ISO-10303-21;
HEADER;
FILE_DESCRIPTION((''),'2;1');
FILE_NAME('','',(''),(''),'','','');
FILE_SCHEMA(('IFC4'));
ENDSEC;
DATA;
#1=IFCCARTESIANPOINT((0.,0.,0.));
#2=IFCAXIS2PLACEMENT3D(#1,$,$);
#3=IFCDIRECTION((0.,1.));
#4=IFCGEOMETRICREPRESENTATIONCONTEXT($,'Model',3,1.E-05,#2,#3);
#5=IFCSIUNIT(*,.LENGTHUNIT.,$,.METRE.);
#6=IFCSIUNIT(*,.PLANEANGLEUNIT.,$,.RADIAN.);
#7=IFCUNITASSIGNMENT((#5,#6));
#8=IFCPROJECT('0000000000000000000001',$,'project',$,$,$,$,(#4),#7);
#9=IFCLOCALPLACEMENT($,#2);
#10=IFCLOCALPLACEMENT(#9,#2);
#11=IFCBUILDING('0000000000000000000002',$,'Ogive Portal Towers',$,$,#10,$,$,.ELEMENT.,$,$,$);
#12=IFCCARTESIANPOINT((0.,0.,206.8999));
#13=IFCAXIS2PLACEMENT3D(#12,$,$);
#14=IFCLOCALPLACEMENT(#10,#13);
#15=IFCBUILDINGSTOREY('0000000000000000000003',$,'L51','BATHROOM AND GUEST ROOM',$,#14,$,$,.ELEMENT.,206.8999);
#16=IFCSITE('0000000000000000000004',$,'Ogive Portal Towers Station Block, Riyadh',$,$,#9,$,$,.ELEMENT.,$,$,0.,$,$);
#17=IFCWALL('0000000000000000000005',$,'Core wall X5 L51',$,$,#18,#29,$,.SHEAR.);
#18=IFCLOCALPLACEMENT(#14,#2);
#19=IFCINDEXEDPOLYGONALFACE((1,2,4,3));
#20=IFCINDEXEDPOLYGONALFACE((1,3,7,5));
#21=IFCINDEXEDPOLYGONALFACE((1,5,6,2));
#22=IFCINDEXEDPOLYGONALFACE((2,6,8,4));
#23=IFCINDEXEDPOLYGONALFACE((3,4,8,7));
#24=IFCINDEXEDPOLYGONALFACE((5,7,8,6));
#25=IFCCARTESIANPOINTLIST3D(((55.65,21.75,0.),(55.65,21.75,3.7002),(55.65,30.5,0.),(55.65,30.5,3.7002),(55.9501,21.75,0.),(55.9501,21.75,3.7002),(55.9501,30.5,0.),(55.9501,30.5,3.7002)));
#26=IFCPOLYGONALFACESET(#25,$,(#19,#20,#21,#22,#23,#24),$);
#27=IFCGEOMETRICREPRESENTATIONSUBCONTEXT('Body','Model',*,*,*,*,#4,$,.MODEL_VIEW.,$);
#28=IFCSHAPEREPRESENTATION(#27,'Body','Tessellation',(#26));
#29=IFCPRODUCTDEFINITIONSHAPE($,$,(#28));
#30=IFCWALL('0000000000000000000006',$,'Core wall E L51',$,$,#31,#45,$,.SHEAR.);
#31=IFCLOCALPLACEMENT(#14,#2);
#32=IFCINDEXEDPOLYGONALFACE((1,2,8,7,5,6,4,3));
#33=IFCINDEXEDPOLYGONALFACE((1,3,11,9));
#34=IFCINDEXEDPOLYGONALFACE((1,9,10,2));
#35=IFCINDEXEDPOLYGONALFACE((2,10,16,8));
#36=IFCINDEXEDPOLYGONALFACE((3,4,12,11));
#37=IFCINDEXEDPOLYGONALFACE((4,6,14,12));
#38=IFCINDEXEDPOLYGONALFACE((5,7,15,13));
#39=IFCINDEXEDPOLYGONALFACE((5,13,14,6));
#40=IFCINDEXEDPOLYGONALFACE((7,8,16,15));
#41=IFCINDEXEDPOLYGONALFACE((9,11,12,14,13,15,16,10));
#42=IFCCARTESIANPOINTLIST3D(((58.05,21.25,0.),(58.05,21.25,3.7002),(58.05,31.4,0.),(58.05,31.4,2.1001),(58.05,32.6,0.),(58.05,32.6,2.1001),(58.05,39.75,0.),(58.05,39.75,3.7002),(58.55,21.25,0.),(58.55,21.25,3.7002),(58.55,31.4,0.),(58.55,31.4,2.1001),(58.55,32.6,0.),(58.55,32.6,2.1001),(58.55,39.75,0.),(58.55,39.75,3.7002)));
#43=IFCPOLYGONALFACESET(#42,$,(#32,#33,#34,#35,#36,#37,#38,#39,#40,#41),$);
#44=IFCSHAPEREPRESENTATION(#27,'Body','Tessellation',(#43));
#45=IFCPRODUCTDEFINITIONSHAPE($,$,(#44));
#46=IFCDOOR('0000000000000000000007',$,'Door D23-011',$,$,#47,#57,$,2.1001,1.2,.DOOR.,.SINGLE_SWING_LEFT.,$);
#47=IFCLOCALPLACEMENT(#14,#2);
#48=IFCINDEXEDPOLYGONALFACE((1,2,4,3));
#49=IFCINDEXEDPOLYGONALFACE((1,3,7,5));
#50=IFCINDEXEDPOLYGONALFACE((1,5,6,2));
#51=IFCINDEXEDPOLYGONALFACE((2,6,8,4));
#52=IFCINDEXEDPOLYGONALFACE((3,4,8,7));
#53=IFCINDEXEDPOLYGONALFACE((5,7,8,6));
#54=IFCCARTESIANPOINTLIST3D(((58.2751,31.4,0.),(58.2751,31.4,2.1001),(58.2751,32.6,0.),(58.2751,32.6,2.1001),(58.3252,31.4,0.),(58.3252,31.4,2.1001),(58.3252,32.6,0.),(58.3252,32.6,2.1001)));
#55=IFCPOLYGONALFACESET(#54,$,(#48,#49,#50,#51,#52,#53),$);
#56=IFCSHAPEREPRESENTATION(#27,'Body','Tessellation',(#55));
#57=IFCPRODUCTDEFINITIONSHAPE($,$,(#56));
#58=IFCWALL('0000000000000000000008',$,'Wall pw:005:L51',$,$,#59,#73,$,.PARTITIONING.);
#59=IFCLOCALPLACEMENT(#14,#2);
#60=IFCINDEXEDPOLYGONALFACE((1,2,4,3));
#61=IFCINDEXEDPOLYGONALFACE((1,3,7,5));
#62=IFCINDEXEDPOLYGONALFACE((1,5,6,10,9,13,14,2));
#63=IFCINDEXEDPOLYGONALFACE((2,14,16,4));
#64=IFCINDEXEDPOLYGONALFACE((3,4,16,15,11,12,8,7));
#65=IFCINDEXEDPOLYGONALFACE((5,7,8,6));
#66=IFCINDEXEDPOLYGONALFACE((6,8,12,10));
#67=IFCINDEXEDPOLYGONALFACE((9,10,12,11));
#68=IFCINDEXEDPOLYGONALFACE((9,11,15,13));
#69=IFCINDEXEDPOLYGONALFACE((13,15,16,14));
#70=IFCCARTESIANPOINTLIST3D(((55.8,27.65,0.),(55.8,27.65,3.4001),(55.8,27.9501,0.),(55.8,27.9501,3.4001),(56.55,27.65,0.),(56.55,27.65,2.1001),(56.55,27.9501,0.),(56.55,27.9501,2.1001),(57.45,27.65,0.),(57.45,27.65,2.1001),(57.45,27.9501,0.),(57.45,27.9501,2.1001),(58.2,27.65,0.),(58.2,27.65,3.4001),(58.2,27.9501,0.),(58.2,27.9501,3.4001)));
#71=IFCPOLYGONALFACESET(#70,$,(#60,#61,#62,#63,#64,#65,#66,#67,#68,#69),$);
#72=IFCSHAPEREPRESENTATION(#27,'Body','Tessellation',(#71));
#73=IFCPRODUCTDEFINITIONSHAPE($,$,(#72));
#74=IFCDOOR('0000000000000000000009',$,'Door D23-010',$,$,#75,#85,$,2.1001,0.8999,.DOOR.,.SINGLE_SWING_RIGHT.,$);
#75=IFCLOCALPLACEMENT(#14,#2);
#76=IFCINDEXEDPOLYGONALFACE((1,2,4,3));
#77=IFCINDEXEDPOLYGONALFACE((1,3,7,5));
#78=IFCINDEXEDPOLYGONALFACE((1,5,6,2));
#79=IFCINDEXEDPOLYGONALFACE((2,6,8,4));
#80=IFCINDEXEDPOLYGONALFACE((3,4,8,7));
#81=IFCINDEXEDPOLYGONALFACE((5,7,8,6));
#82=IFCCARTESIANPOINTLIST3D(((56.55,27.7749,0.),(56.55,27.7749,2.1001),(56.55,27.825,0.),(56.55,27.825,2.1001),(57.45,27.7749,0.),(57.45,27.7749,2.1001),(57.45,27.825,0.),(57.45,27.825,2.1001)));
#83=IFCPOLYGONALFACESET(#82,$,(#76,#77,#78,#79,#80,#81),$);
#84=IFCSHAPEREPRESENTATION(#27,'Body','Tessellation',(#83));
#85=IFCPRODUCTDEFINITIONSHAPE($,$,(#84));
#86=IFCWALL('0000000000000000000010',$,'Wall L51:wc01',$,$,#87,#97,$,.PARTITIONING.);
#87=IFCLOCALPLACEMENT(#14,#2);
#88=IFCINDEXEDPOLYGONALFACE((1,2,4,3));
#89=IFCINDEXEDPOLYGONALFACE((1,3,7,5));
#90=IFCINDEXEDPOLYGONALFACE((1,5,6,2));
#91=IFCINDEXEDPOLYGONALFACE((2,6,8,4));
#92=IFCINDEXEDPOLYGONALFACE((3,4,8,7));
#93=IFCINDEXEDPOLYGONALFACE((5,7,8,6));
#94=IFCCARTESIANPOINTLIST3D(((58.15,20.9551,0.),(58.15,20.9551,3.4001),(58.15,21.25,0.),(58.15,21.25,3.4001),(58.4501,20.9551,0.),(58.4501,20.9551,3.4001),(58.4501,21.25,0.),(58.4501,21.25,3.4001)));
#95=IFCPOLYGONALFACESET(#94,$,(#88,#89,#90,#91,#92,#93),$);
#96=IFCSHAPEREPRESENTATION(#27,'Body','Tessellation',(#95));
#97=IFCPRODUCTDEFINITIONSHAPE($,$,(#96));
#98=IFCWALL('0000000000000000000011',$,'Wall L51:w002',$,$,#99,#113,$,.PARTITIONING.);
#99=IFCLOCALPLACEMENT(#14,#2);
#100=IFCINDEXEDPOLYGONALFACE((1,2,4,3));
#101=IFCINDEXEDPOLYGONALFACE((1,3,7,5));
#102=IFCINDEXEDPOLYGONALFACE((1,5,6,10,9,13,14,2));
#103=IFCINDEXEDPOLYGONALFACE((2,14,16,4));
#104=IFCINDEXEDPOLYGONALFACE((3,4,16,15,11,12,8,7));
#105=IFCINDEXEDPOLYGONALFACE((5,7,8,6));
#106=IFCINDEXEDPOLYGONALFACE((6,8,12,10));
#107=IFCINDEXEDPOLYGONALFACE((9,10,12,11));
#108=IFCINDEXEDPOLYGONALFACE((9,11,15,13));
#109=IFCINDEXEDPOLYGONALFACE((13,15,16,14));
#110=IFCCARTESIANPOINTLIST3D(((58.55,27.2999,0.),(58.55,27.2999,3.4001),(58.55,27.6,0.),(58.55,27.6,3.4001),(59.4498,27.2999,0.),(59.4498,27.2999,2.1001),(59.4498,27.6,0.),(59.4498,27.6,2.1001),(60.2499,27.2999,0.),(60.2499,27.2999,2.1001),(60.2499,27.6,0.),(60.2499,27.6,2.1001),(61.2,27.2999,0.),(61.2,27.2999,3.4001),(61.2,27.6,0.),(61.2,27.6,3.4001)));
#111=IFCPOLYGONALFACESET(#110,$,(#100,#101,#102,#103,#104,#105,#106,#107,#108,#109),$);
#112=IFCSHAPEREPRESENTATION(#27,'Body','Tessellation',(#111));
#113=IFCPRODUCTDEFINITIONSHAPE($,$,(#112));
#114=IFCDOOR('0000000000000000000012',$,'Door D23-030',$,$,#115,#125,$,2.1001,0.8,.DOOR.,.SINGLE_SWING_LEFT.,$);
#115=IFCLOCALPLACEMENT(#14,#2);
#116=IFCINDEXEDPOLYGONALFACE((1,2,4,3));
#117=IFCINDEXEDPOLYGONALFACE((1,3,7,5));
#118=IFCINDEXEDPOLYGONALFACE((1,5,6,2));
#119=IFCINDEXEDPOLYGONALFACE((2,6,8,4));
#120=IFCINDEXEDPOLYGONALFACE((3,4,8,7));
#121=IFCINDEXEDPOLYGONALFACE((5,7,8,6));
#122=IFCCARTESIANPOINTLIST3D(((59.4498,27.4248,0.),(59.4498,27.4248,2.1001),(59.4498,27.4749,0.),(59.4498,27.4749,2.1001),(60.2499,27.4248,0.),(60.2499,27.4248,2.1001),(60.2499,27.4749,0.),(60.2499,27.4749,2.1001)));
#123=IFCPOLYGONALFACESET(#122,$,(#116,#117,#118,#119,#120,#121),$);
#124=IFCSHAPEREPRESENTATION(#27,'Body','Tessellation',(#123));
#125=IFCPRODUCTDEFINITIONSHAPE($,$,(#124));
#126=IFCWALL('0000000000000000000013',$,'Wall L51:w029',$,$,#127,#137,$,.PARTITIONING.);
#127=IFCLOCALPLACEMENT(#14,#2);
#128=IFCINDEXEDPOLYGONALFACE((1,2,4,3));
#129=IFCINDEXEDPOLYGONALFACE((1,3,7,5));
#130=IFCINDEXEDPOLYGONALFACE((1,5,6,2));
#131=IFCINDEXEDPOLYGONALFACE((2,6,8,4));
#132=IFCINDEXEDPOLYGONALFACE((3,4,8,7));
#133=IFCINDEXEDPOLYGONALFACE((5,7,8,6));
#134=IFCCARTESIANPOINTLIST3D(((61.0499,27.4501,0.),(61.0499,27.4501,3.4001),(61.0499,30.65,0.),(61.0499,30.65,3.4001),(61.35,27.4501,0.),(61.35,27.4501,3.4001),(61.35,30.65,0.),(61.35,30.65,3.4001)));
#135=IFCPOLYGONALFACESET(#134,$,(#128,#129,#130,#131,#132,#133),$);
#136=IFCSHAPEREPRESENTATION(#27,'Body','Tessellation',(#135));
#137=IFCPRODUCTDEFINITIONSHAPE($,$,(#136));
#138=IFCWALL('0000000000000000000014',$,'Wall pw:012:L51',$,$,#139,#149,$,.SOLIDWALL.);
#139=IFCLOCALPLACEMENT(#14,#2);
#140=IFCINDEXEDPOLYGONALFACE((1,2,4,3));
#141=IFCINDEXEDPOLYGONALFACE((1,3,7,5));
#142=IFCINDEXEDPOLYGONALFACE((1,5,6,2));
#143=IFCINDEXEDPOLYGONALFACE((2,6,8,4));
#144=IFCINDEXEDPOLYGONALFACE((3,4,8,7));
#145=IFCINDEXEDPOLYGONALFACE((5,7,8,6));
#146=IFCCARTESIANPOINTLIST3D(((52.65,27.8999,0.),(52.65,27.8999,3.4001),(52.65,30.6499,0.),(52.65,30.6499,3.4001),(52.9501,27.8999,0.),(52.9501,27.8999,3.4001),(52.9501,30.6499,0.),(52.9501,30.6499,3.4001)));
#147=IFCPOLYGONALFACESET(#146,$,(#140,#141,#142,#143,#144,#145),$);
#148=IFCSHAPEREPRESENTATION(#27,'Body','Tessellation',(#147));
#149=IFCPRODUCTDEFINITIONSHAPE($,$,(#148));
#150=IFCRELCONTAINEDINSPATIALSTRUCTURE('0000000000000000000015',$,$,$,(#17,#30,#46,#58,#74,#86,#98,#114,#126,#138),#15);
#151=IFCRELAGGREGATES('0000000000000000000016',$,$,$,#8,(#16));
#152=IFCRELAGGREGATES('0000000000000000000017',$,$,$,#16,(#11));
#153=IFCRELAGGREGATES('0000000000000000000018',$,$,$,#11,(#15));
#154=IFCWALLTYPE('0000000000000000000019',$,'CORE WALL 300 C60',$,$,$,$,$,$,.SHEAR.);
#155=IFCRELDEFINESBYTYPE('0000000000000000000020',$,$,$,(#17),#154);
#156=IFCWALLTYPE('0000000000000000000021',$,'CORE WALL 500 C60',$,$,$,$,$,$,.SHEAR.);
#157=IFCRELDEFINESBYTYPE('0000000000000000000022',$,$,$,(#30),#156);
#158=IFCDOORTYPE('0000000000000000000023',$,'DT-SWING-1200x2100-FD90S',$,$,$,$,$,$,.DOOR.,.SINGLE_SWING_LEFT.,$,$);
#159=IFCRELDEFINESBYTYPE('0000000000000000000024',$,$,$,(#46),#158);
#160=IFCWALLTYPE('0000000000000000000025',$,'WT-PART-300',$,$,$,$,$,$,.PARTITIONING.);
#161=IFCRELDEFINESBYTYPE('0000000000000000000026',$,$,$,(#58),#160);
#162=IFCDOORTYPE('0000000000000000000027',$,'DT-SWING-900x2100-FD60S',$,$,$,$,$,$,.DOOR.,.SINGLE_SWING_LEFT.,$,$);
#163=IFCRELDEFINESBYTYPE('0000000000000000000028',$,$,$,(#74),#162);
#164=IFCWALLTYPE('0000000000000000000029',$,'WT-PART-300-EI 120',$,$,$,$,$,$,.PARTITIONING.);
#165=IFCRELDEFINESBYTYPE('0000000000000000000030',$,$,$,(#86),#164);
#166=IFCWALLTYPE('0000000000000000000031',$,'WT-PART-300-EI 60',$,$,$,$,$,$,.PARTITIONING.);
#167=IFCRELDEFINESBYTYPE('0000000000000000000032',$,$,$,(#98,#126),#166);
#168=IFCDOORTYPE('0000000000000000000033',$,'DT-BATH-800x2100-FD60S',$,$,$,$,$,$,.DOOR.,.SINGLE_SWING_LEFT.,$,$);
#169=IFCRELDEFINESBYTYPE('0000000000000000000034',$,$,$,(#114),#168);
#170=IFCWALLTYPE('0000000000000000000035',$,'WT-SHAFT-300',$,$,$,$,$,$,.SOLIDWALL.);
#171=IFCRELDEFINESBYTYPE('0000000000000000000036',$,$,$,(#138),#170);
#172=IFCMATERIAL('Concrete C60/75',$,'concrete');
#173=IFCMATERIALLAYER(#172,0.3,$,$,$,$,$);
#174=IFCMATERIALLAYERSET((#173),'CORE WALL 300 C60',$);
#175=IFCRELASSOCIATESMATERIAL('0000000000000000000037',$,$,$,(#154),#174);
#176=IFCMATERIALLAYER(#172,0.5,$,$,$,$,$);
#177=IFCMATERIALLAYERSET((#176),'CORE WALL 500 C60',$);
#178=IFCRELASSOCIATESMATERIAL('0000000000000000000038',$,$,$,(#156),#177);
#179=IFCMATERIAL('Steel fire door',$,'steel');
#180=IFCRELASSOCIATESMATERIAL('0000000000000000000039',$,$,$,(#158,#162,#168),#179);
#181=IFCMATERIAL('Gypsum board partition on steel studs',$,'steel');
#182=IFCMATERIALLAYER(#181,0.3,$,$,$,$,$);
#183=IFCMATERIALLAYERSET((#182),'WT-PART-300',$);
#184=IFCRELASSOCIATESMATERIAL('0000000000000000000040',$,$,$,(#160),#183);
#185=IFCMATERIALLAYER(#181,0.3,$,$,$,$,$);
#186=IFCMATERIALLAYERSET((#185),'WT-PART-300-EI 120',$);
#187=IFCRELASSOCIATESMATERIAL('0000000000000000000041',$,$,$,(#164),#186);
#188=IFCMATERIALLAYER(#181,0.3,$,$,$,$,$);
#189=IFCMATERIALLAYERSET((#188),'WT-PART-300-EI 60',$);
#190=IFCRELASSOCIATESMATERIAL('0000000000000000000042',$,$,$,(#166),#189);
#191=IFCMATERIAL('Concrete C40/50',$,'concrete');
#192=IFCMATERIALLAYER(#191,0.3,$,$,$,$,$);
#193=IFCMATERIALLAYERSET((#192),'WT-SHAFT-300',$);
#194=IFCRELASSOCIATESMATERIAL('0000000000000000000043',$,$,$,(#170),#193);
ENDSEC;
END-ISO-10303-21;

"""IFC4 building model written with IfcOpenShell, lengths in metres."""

from ifc_helpers import new_model, si_unit, direction, frame, frame_2d, origin, place, context, subcontext, project, spatial, rectangle, extrude, material, layer, layer_set, type_object, element, fill, save


model = new_model("IFC4")

# Units and contexts
model_context = context("Model", 3, precision=1e-05, world=origin(), true_north=direction((0.0, 1.0)))
body_context = subcontext(model_context, "Body", "Model", "MODEL_VIEW")
ifc_project = project(units=[si_unit("LENGTHUNIT", "METRE"), si_unit("PLANEANGLEUNIT", "RADIAN")], contexts=[model_context])

# Site, building, storey
site_placement = place(None, origin())
site = spatial("IfcSite", under=ifc_project, at=site_placement, Name="Ogive Portal Towers Station Block, Riyadh", CompositionType="ELEMENT", RefElevation=0.0)
building_placement = place(site_placement, origin())
building = spatial("IfcBuilding", under=site, at=building_placement, Name="Ogive Portal Towers", CompositionType="ELEMENT")
storey_placement = place(building_placement, frame((0.0, 0.0, 206.8999)))
storey = spatial("IfcBuildingStorey", under=building, at=storey_placement, Name="L51", Description="BATHROOM AND GUEST ROOM", CompositionType="ELEMENT", Elevation=206.8999)

# Wall
ifc_material_1 = material(Name="Concrete C60/75", Category="concrete")
ifc_layer_1 = layer(ifc_material_1, 0.3)
ifc_layer_set_1 = layer_set([ifc_layer_1], Name="CORE WALL 300 C60")
wall_type_1 = type_object("IfcWallType", Name="CORE WALL 300 C60", PredefinedType="SHEAR", material=ifc_layer_set_1)
wall_1_placement = place(storey_placement, frame((55.8, 21.75, 0.0), z_axis=(0.0, 0.0, 1.0), x_axis=(0.0, 1.0, 0.0)))
element("IfcWall", 1, at=wall_1_placement, inside=storey, type_object=wall_type_1, Name="Core wall X5 L51", PredefinedType="SHEAR", context=body_context, shape_type="SweptSolid", body=[
    extrude(rectangle(XDim=8.75, YDim=0.3, at=frame_2d((4.375, 0.0))), origin(), (0.0, 0.0, 1.0), 3.7002),
])

# Walls, openings, doors
ifc_layer_2 = layer(ifc_material_1, 0.5)
ifc_layer_set_2 = layer_set([ifc_layer_2], Name="CORE WALL 500 C60")
wall_type_2 = type_object("IfcWallType", Name="CORE WALL 500 C60", PredefinedType="SHEAR", material=ifc_layer_set_2)
wall_2_placement = place(storey_placement, frame((58.3, 21.25, 0.0), z_axis=(0.0, 0.0, 1.0), x_axis=(0.0, 1.0, 0.0)))
wall_2 = element("IfcWall", 2, at=wall_2_placement, inside=storey, type_object=wall_type_2, Name="Core wall E L51", PredefinedType="SHEAR", context=body_context, shape_type="SweptSolid", body=[
    extrude(rectangle(XDim=18.5, YDim=0.5, at=frame_2d((9.25, 0.0))), origin(), (0.0, 0.0, 1.0), 3.7002),
])
opening_1_placement = place(wall_2_placement, frame((10.1499, 0.0, 0.0)))
opening_1 = element("IfcOpeningElement", 3, at=opening_1_placement, cuts=wall_2, PredefinedType="OPENING", context=body_context, shape_type="SweptSolid", body=[
    extrude(rectangle(XDim=1.2, YDim=2.1001, at=frame_2d((0.6001, 1.05))), frame((0.0, 0.26, 0.0), z_axis=(0.0, -1.0, 0.0), x_axis=(1.0, 0.0, 0.0)), (0.0, 0.0, 1.0), 0.52),
])
ifc_material_2 = material(Name="Steel fire door", Category="steel")
door_type_1 = type_object("IfcDoorType", Name="DT-SWING-1200x2100-FD90S", OperationType="SINGLE_SWING_LEFT", PredefinedType="DOOR", material=ifc_material_2)
door_1_placement = place(opening_1_placement, origin())
door_1 = element("IfcDoor", 4, at=door_1_placement, inside=storey, type_object=door_type_1, Name="Door D23-011", OperationType="SINGLE_SWING_LEFT", OverallHeight=2.1001, OverallWidth=1.2, PredefinedType="DOOR", context=body_context, shape_type="SweptSolid", body=[
    extrude(rectangle(XDim=1.2, YDim=2.1001, at=frame_2d((0.6001, 1.05))), frame((0.0, 0.0249, 0.0), z_axis=(0.0, -1.0, 0.0), x_axis=(1.0, 0.0, 0.0)), (0.0, 0.0, 1.0), 0.05),
])
fill(opening_1, door_1)
ifc_material_3 = material(Name="Gypsum board partition on steel studs", Category="steel")
ifc_layer_3 = layer(ifc_material_3, 0.3)
ifc_layer_set_3 = layer_set([ifc_layer_3], Name="WT-PART-300")
wall_type_3 = type_object("IfcWallType", Name="WT-PART-300", PredefinedType="PARTITIONING", material=ifc_layer_set_3)
wall_3_placement = place(storey_placement, frame((55.8, 27.8, 0.0), z_axis=(0.0, 0.0, 1.0), x_axis=(1.0, 0.0, 0.0)))
wall_3 = element("IfcWall", 5, at=wall_3_placement, inside=storey, type_object=wall_type_3, Name="Wall pw:005:L51", PredefinedType="PARTITIONING", context=body_context, shape_type="SweptSolid", body=[
    extrude(rectangle(XDim=2.3999, YDim=0.3, at=frame_2d((1.2, 0.0))), origin(), (0.0, 0.0, 1.0), 3.4001),
])
opening_2_placement = place(wall_3_placement, frame((0.75, 0.0, 0.0)))
opening_2 = element("IfcOpeningElement", 6, at=opening_2_placement, cuts=wall_3, PredefinedType="OPENING", context=body_context, shape_type="SweptSolid", body=[
    extrude(rectangle(XDim=0.8999, YDim=2.1001, at=frame_2d((0.45, 1.05))), frame((0.0, 0.1602, 0.0), z_axis=(0.0, -1.0, 0.0), x_axis=(1.0, 0.0, 0.0)), (0.0, 0.0, 1.0), 0.3201),
])
door_type_2 = type_object("IfcDoorType", Name="DT-SWING-900x2100-FD60S", OperationType="SINGLE_SWING_LEFT", PredefinedType="DOOR", material=ifc_material_2)
door_2_placement = place(opening_2_placement, origin())
door_2 = element("IfcDoor", 7, at=door_2_placement, inside=storey, type_object=door_type_2, Name="Door D23-010", OperationType="SINGLE_SWING_RIGHT", OverallHeight=2.1001, OverallWidth=0.8999, PredefinedType="DOOR", context=body_context, shape_type="SweptSolid", body=[
    extrude(rectangle(XDim=0.8999, YDim=2.1001, at=frame_2d((0.45, 1.05))), frame((0.0, 0.0249, 0.0), z_axis=(0.0, -1.0, 0.0), x_axis=(1.0, 0.0, 0.0)), (0.0, 0.0, 1.0), 0.05),
])
fill(opening_2, door_2)

# Wall
ifc_layer_4 = layer(ifc_material_3, 0.3)
ifc_layer_set_4 = layer_set([ifc_layer_4], Name="WT-PART-300-EI 120")
wall_type_4 = type_object("IfcWallType", Name="WT-PART-300-EI 120", PredefinedType="PARTITIONING", material=ifc_layer_set_4)
wall_4_placement = place(storey_placement, frame((58.3, 21.25, 0.0), z_axis=(0.0, 0.0, 1.0), x_axis=(0.0, -1.0, 0.0)))
element("IfcWall", 8, at=wall_4_placement, inside=storey, type_object=wall_type_4, Name="Wall L51:wc01", PredefinedType="PARTITIONING", context=body_context, shape_type="SweptSolid", body=[
    extrude(rectangle(XDim=0.2949, YDim=0.3, at=frame_2d((0.1475, 0.0))), origin(), (0.0, 0.0, 1.0), 3.4001),
])

# Wall, opening, door
ifc_layer_5 = layer(ifc_material_3, 0.3)
ifc_layer_set_5 = layer_set([ifc_layer_5], Name="WT-PART-300-EI 60")
wall_type_5 = type_object("IfcWallType", Name="WT-PART-300-EI 60", PredefinedType="PARTITIONING", material=ifc_layer_set_5)
wall_5_placement = place(storey_placement, frame((58.55, 27.45, 0.0), z_axis=(0.0, 0.0, 1.0), x_axis=(1.0, 0.0, 0.0)))
wall_5 = element("IfcWall", 9, at=wall_5_placement, inside=storey, type_object=wall_type_5, Name="Wall L51:w002", PredefinedType="PARTITIONING", context=body_context, shape_type="SweptSolid", body=[
    extrude(rectangle(XDim=2.6499, YDim=0.3, at=frame_2d((1.325, 0.0))), origin(), (0.0, 0.0, 1.0), 3.4001),
])
opening_3_placement = place(wall_5_placement, frame((0.8999, 0.0, 0.0)))
opening_3 = element("IfcOpeningElement", 10, at=opening_3_placement, cuts=wall_5, PredefinedType="OPENING", context=body_context, shape_type="SweptSolid", body=[
    extrude(rectangle(XDim=0.8, YDim=2.1001, at=frame_2d((0.3999, 1.05))), frame((0.0, 0.1602, 0.0), z_axis=(0.0, -1.0, 0.0), x_axis=(1.0, 0.0, 0.0)), (0.0, 0.0, 1.0), 0.3201),
])
door_type_3 = type_object("IfcDoorType", Name="DT-BATH-800x2100-FD60S", OperationType="SINGLE_SWING_LEFT", PredefinedType="DOOR", material=ifc_material_2)
door_3_placement = place(opening_3_placement, origin())
door_3 = element("IfcDoor", 11, at=door_3_placement, inside=storey, type_object=door_type_3, Name="Door D23-030", OperationType="SINGLE_SWING_LEFT", OverallHeight=2.1001, OverallWidth=0.8, PredefinedType="DOOR", context=body_context, shape_type="SweptSolid", body=[
    extrude(rectangle(XDim=0.8, YDim=2.1001, at=frame_2d((0.3999, 1.05))), frame((0.0, 0.0249, 0.0), z_axis=(0.0, -1.0, 0.0), x_axis=(1.0, 0.0, 0.0)), (0.0, 0.0, 1.0), 0.05),
])
fill(opening_3, door_3)

# Walls
wall_6_placement = place(storey_placement, frame((61.2, 27.45, 0.0), z_axis=(0.0, 0.0, 1.0), x_axis=(0.0, 1.0, 0.0)))
element("IfcWall", 12, at=wall_6_placement, inside=storey, type_object=wall_type_5, Name="Wall L51:w029", PredefinedType="PARTITIONING", context=body_context, shape_type="SweptSolid", body=[
    extrude(rectangle(XDim=3.2, YDim=0.3, at=frame_2d((1.6001, 0.0))), origin(), (0.0, 0.0, 1.0), 3.4001),
])
ifc_material_4 = material(Name="Concrete C40/50", Category="concrete")
ifc_layer_6 = layer(ifc_material_4, 0.3)
ifc_layer_set_6 = layer_set([ifc_layer_6], Name="WT-SHAFT-300")
wall_type_6 = type_object("IfcWallType", Name="WT-SHAFT-300", PredefinedType="SOLIDWALL", material=ifc_layer_set_6)
wall_7_placement = place(storey_placement, frame((52.8, 27.8999, 0.0), z_axis=(0.0, 0.0, 1.0), x_axis=(0.0, 1.0, 0.0)))
element("IfcWall", 13, at=wall_7_placement, inside=storey, type_object=wall_type_6, Name="Wall pw:012:L51", PredefinedType="SOLIDWALL", context=body_context, shape_type="SweptSolid", body=[
    extrude(rectangle(XDim=2.75, YDim=0.3, at=frame_2d((1.375, 0.0))), origin(), (0.0, 0.0, 1.0), 3.4001),
])

save(model, "model.ifc")
